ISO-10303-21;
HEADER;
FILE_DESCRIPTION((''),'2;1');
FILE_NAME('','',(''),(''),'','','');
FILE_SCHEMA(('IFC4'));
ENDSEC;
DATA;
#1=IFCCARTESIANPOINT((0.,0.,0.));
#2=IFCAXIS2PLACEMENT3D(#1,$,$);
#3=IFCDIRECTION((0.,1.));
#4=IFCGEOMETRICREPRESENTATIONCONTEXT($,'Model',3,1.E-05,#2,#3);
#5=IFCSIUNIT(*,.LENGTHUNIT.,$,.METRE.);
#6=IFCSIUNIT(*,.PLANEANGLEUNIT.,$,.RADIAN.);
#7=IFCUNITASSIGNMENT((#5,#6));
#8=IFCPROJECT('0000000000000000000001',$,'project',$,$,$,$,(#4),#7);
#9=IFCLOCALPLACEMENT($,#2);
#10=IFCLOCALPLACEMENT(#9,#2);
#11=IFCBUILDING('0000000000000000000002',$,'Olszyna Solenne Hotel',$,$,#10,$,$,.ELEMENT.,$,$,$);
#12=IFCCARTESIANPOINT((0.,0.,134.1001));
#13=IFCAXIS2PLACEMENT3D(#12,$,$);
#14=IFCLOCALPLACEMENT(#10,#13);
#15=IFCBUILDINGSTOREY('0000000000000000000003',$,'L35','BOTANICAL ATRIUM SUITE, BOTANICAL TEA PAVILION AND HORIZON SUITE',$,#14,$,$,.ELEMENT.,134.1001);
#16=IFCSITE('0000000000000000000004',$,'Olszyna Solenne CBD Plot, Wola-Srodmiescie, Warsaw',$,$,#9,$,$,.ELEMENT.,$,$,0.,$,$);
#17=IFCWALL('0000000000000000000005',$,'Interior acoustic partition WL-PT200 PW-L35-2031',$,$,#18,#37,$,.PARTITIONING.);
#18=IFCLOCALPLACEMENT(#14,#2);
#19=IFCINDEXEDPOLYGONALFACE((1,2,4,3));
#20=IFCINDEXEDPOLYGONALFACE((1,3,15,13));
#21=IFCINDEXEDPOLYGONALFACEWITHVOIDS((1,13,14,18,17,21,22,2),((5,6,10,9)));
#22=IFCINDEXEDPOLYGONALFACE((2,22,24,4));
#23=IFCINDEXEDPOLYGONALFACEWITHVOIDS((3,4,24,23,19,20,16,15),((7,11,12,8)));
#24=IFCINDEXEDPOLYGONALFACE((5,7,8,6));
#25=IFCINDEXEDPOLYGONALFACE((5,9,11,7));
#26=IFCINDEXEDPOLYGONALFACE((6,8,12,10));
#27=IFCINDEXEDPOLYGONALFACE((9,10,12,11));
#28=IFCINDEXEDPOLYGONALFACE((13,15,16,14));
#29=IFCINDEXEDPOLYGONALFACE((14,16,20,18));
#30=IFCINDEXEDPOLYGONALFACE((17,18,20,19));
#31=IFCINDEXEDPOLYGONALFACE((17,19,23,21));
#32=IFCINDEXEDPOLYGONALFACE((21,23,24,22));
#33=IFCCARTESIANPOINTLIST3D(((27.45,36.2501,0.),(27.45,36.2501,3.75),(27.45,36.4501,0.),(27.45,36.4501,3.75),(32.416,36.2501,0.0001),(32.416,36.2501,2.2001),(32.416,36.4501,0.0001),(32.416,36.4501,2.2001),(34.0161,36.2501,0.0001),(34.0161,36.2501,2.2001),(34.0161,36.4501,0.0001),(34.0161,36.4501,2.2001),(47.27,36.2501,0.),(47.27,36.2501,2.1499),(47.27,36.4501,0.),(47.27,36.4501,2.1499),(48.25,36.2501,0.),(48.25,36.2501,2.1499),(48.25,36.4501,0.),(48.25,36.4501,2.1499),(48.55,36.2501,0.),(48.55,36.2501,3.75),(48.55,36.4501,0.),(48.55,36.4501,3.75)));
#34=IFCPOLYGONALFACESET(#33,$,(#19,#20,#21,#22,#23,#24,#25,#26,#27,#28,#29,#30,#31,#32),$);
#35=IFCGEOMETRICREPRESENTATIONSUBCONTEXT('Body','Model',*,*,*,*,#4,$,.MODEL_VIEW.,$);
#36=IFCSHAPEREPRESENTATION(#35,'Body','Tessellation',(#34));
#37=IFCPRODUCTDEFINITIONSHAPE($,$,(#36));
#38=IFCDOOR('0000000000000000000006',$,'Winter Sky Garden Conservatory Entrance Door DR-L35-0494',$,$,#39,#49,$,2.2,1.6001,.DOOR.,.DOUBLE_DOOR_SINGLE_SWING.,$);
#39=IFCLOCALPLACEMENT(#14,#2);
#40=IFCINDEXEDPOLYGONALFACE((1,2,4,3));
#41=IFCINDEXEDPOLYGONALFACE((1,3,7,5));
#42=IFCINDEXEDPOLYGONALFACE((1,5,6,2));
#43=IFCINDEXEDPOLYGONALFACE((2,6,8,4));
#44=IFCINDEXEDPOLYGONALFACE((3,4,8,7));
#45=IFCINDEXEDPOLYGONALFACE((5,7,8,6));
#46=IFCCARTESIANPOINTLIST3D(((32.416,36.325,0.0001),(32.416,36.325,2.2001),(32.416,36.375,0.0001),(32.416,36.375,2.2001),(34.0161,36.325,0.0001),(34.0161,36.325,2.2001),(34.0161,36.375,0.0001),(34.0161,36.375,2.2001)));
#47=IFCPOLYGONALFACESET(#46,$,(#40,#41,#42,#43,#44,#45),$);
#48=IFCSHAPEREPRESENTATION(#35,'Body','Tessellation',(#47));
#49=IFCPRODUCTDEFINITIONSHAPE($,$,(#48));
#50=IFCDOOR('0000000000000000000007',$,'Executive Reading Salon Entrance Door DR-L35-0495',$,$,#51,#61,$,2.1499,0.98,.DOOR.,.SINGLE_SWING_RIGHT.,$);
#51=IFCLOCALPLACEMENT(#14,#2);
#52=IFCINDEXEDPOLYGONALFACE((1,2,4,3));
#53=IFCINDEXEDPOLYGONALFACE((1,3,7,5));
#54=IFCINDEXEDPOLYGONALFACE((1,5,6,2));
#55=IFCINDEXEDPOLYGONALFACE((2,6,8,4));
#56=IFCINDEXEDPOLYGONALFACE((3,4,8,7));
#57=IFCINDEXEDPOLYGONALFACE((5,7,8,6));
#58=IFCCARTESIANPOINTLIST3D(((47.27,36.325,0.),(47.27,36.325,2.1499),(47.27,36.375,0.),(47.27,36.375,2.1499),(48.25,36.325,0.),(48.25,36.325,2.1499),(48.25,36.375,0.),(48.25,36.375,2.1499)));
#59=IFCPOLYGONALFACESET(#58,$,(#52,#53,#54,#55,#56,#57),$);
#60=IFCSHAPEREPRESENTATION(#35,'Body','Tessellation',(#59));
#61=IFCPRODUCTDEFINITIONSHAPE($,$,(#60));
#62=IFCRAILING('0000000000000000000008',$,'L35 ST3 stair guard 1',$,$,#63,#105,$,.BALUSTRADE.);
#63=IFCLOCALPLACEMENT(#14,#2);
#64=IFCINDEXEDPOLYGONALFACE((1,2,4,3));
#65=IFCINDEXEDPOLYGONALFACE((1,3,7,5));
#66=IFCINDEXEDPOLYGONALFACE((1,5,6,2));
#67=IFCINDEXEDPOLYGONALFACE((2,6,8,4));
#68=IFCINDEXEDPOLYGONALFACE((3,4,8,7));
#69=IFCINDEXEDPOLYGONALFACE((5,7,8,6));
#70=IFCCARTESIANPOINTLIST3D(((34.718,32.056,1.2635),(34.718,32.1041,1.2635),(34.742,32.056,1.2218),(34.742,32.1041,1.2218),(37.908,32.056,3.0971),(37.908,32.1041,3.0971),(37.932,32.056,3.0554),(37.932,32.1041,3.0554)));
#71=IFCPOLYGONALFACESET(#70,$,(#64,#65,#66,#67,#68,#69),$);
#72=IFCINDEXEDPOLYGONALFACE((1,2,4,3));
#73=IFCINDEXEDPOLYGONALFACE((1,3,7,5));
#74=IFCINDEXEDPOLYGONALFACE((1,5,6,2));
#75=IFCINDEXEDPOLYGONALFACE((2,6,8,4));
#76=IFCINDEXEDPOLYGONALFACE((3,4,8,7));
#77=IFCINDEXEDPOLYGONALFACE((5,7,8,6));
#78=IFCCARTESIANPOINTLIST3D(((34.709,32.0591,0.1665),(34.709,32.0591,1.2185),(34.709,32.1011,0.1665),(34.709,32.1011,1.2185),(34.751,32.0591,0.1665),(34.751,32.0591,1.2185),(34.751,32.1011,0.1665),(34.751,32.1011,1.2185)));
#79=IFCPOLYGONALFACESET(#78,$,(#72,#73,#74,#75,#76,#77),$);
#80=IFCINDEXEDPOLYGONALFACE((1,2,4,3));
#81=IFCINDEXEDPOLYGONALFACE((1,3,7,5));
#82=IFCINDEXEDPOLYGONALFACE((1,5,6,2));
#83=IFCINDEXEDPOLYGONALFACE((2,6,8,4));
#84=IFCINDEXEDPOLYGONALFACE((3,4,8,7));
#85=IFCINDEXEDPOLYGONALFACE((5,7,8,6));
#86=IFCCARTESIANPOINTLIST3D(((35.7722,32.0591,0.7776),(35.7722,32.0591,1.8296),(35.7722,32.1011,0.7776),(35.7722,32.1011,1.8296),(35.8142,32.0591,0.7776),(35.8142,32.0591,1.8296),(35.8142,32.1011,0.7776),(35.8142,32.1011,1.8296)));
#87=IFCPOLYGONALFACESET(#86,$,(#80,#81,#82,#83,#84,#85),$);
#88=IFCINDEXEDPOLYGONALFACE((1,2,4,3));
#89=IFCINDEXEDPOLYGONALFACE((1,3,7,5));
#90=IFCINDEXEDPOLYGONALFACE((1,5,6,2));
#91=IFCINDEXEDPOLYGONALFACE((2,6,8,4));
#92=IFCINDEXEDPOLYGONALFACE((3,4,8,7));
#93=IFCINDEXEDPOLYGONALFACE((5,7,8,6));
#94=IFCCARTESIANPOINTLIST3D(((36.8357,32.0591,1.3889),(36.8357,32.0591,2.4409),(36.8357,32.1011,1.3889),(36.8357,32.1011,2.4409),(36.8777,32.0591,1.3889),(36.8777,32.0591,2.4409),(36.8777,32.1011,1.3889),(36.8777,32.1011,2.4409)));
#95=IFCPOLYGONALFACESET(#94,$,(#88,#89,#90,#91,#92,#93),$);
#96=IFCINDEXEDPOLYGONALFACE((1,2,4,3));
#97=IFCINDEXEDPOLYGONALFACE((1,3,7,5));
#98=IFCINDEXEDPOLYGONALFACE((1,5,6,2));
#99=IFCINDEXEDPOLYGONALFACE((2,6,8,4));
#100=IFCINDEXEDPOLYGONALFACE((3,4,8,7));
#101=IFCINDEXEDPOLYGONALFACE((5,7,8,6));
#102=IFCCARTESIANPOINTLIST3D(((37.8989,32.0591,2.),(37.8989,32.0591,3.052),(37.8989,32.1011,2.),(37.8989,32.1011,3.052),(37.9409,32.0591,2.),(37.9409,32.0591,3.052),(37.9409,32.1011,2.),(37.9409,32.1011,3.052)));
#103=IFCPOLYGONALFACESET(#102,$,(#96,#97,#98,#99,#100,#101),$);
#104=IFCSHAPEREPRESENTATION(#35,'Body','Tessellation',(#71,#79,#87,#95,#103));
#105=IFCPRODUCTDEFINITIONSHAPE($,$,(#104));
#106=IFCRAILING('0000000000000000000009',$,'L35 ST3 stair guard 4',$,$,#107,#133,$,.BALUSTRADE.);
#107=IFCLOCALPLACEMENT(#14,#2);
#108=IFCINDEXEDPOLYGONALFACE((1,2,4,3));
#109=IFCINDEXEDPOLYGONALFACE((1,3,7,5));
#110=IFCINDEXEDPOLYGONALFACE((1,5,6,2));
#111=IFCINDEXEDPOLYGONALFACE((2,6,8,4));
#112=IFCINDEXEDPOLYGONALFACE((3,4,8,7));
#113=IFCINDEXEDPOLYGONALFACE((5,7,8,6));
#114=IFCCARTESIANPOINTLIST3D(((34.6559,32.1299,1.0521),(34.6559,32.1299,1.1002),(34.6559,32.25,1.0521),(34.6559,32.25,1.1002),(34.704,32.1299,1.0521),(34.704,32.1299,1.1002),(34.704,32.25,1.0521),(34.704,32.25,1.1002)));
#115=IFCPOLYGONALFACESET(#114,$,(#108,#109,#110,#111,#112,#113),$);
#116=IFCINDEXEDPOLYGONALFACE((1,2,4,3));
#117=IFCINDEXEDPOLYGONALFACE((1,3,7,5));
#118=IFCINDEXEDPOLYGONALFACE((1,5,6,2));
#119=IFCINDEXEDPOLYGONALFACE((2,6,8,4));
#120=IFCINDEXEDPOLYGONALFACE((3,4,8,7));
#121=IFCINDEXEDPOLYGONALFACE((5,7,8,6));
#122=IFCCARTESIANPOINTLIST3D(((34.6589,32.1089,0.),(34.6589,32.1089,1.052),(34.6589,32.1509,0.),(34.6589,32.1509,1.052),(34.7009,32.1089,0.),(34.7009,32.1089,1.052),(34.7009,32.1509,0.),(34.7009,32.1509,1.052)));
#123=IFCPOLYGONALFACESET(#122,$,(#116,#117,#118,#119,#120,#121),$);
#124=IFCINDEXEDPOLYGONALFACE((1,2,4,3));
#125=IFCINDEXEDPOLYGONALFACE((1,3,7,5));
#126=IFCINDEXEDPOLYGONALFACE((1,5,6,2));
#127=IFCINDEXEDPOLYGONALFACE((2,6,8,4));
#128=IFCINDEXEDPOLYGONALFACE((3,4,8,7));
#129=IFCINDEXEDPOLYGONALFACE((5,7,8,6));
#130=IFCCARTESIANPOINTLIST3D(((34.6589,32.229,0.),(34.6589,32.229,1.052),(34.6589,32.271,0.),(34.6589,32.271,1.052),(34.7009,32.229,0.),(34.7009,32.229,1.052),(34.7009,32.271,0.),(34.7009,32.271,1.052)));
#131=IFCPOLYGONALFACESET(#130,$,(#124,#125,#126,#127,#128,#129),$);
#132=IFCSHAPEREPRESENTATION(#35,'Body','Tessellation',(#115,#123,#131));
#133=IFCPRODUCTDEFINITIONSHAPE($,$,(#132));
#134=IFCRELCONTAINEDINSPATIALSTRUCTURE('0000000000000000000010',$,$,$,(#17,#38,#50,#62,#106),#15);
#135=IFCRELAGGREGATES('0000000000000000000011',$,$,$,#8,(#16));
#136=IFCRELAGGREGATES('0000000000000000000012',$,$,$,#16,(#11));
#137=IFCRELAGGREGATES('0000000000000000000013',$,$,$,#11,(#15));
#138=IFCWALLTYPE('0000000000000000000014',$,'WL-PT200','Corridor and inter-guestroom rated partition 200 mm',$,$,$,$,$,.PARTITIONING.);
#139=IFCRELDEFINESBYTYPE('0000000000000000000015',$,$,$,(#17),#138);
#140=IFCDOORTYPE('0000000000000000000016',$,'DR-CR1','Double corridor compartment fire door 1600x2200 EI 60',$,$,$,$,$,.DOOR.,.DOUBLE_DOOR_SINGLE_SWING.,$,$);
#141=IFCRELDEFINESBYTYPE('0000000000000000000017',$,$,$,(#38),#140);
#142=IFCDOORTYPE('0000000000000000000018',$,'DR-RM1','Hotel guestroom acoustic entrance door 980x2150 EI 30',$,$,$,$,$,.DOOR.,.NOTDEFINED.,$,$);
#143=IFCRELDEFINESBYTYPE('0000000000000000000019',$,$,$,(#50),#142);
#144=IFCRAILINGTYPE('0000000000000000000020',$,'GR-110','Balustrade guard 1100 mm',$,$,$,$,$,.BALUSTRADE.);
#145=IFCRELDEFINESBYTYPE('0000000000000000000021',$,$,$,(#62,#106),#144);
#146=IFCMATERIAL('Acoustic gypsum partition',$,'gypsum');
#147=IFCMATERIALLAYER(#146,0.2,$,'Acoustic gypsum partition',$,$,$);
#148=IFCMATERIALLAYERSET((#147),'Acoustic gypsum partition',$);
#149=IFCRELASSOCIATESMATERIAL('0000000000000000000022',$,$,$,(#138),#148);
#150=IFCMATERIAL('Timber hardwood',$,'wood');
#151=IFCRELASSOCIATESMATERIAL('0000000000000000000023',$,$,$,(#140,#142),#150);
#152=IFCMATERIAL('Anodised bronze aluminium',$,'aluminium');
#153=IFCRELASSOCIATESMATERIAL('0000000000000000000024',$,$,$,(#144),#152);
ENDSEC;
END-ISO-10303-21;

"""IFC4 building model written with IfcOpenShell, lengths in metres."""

from ifc_helpers import new_model, si_unit, direction, frame, frame_2d, origin, origin_2d, place, context, subcontext, project, spatial, rectangle, extrude, source, transform, mapped, material, layer, layer_set, type_object, type_shapes, element, fill, save


model = new_model("IFC4")

# Units and contexts
model_context = context("Model", 3, precision=1e-05, world=origin(), true_north=direction((0.0, 1.0)))
body_context = subcontext(model_context, "Body", "Model", "MODEL_VIEW")
ifc_project = project(units=[si_unit("LENGTHUNIT", "METRE"), si_unit("PLANEANGLEUNIT", "RADIAN")], contexts=[model_context])

# Site, building, storey
site_placement = place(None, origin())
site = spatial("IfcSite", under=ifc_project, at=site_placement, Name="Olszyna Solenne CBD Plot, Wola-Srodmiescie, Warsaw", CompositionType="ELEMENT", RefElevation=0.0)
building_placement = place(site_placement, origin())
building = spatial("IfcBuilding", under=site, at=building_placement, Name="Olszyna Solenne Hotel", CompositionType="ELEMENT")
storey_placement = place(building_placement, frame((0.0, 0.0, 134.1001)))
storey = spatial("IfcBuildingStorey", under=building, at=storey_placement, Name="L35", Description="BOTANICAL ATRIUM SUITE, BOTANICAL TEA PAVILION AND HORIZON SUITE", CompositionType="ELEMENT", Elevation=134.1001)

# Shared definitions
ifc_material_1 = material(Name="Acoustic gypsum partition", Category="gypsum")
ifc_layer_1 = layer(ifc_material_1, 0.2, Name="Acoustic gypsum partition")
ifc_layer_set_1 = layer_set([ifc_layer_1], Name="Acoustic gypsum partition")
wall_type_1 = type_object("IfcWallType", Name="WL-PT200", Description="Corridor and inter-guestroom rated partition 200 mm", PredefinedType="PARTITIONING", material=ifc_layer_set_1)

# Wall, openings, doors
wall_1_placement = place(storey_placement, frame((27.45, 36.3501, 0.0), z_axis=(0.0, 0.0, 1.0), x_axis=(1.0, 0.0, 0.0)))
wall_1 = element("IfcWall", 1, at=wall_1_placement, inside=storey, type_object=wall_type_1, Name="Interior acoustic partition WL-PT200 PW-L35-2031", PredefinedType="PARTITIONING", context=body_context, shape_type="SweptSolid", body=[
    extrude(rectangle(XDim=21.1001, YDim=0.2, at=frame_2d((10.55, 0.0))), origin(), (0.0, 0.0, 1.0), 3.75),
])
opening_1_placement = place(wall_1_placement, frame((4.9661, 0.0, 0.0)))
opening_1 = element("IfcOpeningElement", 2, at=opening_1_placement, cuts=wall_1, PredefinedType="OPENING", context=body_context, shape_type="SweptSolid", body=[
    extrude(rectangle(XDim=1.6001, YDim=2.2, at=frame_2d((0.8, 1.1001))), frame((0.0, 0.1099, 0.0), z_axis=(0.0, -1.0, 0.0), x_axis=(1.0, 0.0, 0.0)), (0.0, 0.0, 1.0), 0.22),
])
opening_2_placement = place(wall_1_placement, frame((19.8201, 0.0, 0.0)))
opening_2 = element("IfcOpeningElement", 3, at=opening_2_placement, cuts=wall_1, PredefinedType="OPENING", context=body_context, shape_type="SweptSolid", body=[
    extrude(rectangle(XDim=0.98, YDim=2.1499, at=frame_2d((0.49, 1.075))), frame((0.0, 0.1099, 0.0), z_axis=(0.0, -1.0, 0.0), x_axis=(1.0, 0.0, 0.0)), (0.0, 0.0, 1.0), 0.22),
])
ifc_material_2 = material(Name="Timber hardwood", Category="wood")
door_type_1 = type_object("IfcDoorType", Name="DR-CR1", Description="Double corridor compartment fire door 1600x2200 EI 60", OperationType="DOUBLE_DOOR_SINGLE_SWING", PredefinedType="DOOR", material=ifc_material_2)
shared_shape_1 = source(origin(), body_context, "Body", "SweptSolid", [
    extrude(rectangle(XDim=1.6001, YDim=2.2, at=frame_2d((0.8, 1.1001))), frame((0.0, 0.0249, 0.0), z_axis=(0.0, -1.0, 0.0), x_axis=(1.0, 0.0, 0.0)), (0.0, 0.0, 1.0), 0.05),
])
type_shapes(door_type_1, [shared_shape_1])
door_1_placement = place(opening_1_placement, origin())
door_1 = element("IfcDoor", 4, at=door_1_placement, inside=storey, type_object=door_type_1, Name="Winter Sky Garden Conservatory Entrance Door DR-L35-0494", OperationType="DOUBLE_DOOR_SINGLE_SWING", OverallHeight=2.2, OverallWidth=1.6001, PredefinedType="DOOR", context=body_context, shape_type="MappedRepresentation", body=[
    mapped(shared_shape_1, transform((0.0, 0.0, 0.0), x_axis=(1.0, 0.0, 0.0), y_axis=(0.0, 1.0, 0.0), z_axis=(0.0, 0.0, 1.0), scale=1.0)),
])
fill(opening_1, door_1)
door_type_2 = type_object("IfcDoorType", Name="DR-RM1", Description="Hotel guestroom acoustic entrance door 980x2150 EI 30", OperationType="NOTDEFINED", PredefinedType="DOOR", material=ifc_material_2)
shared_shape_2 = source(origin(), body_context, "Body", "SweptSolid", [
    extrude(rectangle(XDim=0.98, YDim=2.1499, at=frame_2d((0.49, 1.075))), frame((0.0, 0.0249, 0.0), z_axis=(0.0, -1.0, 0.0), x_axis=(1.0, 0.0, 0.0)), (0.0, 0.0, 1.0), 0.05),
])
type_shapes(door_type_2, [shared_shape_2])
door_2_placement = place(opening_2_placement, origin())
door_2 = element("IfcDoor", 5, at=door_2_placement, inside=storey, type_object=door_type_2, Name="Executive Reading Salon Entrance Door DR-L35-0495", OperationType="SINGLE_SWING_RIGHT", OverallHeight=2.1499, OverallWidth=0.98, PredefinedType="DOOR", context=body_context, shape_type="MappedRepresentation", body=[
    mapped(shared_shape_2, transform((0.0, 0.0, 0.0), x_axis=(1.0, 0.0, 0.0), y_axis=(0.0, 1.0, 0.0), z_axis=(0.0, 0.0, 1.0), scale=1.0)),
])
fill(opening_2, door_2)

# Railings
ifc_material_3 = material(Name="Anodised bronze aluminium", Category="aluminium")
railing_type = type_object("IfcRailingType", Name="GR-110", Description="Balustrade guard 1100 mm", PredefinedType="BALUSTRADE", material=ifc_material_3)
railing_1_placement = place(storey_placement, frame((34.73, 32.0801, 0.1665)))
element("IfcRailing", 6, at=railing_1_placement, inside=storey, type_object=railing_type, Name="L35 ST3 stair guard 1", PredefinedType="BALUSTRADE", context=body_context, shape_type="SweptSolid", body=[
    extrude(rectangle(XDim=0.0481, YDim=0.0481, at=origin_2d()), frame((0.0, 0.0, 1.0762), z_axis=(0.866991, 0.0, 0.498324), x_axis=(0.0, 1.0, 0.0)), (0.0, 0.0, 1.0), 3.6794),
    extrude(rectangle(XDim=0.042, YDim=0.042, at=origin_2d()), origin(), (0.0, 0.0, 1.0), 1.052),
    extrude(rectangle(XDim=0.042, YDim=0.042, at=origin_2d()), frame((1.0632, 0.0, 0.6111)), (0.0, 0.0, 1.0), 1.052),
    extrude(rectangle(XDim=0.042, YDim=0.042, at=origin_2d()), frame((2.1267, 0.0, 1.2224)), (0.0, 0.0, 1.0), 1.052),
    extrude(rectangle(XDim=0.042, YDim=0.042, at=origin_2d()), frame((3.1899, 0.0, 1.8335)), (0.0, 0.0, 1.0), 1.052),
])
railing_2_placement = place(storey_placement, frame((34.6799, 32.1299, 0.0)))
element("IfcRailing", 7, at=railing_2_placement, inside=storey, type_object=railing_type, Name="L35 ST3 stair guard 4", PredefinedType="BALUSTRADE", context=body_context, shape_type="SweptSolid", body=[
    extrude(rectangle(XDim=0.0481, YDim=0.0481, at=origin_2d()), frame((0.0, 0.0, 1.0762), z_axis=(0.0, 1.0, 0.0), x_axis=(-1.0, 0.0, 0.0)), (0.0, 0.0, 1.0), 0.1201),
    extrude(rectangle(XDim=0.042, YDim=0.042, at=origin_2d()), origin(), (0.0, 0.0, 1.0), 1.052),
    extrude(rectangle(XDim=0.042, YDim=0.042, at=origin_2d()), frame((0.0, 0.1201, 0.0)), (0.0, 0.0, 1.0), 1.052),
])

save(model, "model.ifc")
